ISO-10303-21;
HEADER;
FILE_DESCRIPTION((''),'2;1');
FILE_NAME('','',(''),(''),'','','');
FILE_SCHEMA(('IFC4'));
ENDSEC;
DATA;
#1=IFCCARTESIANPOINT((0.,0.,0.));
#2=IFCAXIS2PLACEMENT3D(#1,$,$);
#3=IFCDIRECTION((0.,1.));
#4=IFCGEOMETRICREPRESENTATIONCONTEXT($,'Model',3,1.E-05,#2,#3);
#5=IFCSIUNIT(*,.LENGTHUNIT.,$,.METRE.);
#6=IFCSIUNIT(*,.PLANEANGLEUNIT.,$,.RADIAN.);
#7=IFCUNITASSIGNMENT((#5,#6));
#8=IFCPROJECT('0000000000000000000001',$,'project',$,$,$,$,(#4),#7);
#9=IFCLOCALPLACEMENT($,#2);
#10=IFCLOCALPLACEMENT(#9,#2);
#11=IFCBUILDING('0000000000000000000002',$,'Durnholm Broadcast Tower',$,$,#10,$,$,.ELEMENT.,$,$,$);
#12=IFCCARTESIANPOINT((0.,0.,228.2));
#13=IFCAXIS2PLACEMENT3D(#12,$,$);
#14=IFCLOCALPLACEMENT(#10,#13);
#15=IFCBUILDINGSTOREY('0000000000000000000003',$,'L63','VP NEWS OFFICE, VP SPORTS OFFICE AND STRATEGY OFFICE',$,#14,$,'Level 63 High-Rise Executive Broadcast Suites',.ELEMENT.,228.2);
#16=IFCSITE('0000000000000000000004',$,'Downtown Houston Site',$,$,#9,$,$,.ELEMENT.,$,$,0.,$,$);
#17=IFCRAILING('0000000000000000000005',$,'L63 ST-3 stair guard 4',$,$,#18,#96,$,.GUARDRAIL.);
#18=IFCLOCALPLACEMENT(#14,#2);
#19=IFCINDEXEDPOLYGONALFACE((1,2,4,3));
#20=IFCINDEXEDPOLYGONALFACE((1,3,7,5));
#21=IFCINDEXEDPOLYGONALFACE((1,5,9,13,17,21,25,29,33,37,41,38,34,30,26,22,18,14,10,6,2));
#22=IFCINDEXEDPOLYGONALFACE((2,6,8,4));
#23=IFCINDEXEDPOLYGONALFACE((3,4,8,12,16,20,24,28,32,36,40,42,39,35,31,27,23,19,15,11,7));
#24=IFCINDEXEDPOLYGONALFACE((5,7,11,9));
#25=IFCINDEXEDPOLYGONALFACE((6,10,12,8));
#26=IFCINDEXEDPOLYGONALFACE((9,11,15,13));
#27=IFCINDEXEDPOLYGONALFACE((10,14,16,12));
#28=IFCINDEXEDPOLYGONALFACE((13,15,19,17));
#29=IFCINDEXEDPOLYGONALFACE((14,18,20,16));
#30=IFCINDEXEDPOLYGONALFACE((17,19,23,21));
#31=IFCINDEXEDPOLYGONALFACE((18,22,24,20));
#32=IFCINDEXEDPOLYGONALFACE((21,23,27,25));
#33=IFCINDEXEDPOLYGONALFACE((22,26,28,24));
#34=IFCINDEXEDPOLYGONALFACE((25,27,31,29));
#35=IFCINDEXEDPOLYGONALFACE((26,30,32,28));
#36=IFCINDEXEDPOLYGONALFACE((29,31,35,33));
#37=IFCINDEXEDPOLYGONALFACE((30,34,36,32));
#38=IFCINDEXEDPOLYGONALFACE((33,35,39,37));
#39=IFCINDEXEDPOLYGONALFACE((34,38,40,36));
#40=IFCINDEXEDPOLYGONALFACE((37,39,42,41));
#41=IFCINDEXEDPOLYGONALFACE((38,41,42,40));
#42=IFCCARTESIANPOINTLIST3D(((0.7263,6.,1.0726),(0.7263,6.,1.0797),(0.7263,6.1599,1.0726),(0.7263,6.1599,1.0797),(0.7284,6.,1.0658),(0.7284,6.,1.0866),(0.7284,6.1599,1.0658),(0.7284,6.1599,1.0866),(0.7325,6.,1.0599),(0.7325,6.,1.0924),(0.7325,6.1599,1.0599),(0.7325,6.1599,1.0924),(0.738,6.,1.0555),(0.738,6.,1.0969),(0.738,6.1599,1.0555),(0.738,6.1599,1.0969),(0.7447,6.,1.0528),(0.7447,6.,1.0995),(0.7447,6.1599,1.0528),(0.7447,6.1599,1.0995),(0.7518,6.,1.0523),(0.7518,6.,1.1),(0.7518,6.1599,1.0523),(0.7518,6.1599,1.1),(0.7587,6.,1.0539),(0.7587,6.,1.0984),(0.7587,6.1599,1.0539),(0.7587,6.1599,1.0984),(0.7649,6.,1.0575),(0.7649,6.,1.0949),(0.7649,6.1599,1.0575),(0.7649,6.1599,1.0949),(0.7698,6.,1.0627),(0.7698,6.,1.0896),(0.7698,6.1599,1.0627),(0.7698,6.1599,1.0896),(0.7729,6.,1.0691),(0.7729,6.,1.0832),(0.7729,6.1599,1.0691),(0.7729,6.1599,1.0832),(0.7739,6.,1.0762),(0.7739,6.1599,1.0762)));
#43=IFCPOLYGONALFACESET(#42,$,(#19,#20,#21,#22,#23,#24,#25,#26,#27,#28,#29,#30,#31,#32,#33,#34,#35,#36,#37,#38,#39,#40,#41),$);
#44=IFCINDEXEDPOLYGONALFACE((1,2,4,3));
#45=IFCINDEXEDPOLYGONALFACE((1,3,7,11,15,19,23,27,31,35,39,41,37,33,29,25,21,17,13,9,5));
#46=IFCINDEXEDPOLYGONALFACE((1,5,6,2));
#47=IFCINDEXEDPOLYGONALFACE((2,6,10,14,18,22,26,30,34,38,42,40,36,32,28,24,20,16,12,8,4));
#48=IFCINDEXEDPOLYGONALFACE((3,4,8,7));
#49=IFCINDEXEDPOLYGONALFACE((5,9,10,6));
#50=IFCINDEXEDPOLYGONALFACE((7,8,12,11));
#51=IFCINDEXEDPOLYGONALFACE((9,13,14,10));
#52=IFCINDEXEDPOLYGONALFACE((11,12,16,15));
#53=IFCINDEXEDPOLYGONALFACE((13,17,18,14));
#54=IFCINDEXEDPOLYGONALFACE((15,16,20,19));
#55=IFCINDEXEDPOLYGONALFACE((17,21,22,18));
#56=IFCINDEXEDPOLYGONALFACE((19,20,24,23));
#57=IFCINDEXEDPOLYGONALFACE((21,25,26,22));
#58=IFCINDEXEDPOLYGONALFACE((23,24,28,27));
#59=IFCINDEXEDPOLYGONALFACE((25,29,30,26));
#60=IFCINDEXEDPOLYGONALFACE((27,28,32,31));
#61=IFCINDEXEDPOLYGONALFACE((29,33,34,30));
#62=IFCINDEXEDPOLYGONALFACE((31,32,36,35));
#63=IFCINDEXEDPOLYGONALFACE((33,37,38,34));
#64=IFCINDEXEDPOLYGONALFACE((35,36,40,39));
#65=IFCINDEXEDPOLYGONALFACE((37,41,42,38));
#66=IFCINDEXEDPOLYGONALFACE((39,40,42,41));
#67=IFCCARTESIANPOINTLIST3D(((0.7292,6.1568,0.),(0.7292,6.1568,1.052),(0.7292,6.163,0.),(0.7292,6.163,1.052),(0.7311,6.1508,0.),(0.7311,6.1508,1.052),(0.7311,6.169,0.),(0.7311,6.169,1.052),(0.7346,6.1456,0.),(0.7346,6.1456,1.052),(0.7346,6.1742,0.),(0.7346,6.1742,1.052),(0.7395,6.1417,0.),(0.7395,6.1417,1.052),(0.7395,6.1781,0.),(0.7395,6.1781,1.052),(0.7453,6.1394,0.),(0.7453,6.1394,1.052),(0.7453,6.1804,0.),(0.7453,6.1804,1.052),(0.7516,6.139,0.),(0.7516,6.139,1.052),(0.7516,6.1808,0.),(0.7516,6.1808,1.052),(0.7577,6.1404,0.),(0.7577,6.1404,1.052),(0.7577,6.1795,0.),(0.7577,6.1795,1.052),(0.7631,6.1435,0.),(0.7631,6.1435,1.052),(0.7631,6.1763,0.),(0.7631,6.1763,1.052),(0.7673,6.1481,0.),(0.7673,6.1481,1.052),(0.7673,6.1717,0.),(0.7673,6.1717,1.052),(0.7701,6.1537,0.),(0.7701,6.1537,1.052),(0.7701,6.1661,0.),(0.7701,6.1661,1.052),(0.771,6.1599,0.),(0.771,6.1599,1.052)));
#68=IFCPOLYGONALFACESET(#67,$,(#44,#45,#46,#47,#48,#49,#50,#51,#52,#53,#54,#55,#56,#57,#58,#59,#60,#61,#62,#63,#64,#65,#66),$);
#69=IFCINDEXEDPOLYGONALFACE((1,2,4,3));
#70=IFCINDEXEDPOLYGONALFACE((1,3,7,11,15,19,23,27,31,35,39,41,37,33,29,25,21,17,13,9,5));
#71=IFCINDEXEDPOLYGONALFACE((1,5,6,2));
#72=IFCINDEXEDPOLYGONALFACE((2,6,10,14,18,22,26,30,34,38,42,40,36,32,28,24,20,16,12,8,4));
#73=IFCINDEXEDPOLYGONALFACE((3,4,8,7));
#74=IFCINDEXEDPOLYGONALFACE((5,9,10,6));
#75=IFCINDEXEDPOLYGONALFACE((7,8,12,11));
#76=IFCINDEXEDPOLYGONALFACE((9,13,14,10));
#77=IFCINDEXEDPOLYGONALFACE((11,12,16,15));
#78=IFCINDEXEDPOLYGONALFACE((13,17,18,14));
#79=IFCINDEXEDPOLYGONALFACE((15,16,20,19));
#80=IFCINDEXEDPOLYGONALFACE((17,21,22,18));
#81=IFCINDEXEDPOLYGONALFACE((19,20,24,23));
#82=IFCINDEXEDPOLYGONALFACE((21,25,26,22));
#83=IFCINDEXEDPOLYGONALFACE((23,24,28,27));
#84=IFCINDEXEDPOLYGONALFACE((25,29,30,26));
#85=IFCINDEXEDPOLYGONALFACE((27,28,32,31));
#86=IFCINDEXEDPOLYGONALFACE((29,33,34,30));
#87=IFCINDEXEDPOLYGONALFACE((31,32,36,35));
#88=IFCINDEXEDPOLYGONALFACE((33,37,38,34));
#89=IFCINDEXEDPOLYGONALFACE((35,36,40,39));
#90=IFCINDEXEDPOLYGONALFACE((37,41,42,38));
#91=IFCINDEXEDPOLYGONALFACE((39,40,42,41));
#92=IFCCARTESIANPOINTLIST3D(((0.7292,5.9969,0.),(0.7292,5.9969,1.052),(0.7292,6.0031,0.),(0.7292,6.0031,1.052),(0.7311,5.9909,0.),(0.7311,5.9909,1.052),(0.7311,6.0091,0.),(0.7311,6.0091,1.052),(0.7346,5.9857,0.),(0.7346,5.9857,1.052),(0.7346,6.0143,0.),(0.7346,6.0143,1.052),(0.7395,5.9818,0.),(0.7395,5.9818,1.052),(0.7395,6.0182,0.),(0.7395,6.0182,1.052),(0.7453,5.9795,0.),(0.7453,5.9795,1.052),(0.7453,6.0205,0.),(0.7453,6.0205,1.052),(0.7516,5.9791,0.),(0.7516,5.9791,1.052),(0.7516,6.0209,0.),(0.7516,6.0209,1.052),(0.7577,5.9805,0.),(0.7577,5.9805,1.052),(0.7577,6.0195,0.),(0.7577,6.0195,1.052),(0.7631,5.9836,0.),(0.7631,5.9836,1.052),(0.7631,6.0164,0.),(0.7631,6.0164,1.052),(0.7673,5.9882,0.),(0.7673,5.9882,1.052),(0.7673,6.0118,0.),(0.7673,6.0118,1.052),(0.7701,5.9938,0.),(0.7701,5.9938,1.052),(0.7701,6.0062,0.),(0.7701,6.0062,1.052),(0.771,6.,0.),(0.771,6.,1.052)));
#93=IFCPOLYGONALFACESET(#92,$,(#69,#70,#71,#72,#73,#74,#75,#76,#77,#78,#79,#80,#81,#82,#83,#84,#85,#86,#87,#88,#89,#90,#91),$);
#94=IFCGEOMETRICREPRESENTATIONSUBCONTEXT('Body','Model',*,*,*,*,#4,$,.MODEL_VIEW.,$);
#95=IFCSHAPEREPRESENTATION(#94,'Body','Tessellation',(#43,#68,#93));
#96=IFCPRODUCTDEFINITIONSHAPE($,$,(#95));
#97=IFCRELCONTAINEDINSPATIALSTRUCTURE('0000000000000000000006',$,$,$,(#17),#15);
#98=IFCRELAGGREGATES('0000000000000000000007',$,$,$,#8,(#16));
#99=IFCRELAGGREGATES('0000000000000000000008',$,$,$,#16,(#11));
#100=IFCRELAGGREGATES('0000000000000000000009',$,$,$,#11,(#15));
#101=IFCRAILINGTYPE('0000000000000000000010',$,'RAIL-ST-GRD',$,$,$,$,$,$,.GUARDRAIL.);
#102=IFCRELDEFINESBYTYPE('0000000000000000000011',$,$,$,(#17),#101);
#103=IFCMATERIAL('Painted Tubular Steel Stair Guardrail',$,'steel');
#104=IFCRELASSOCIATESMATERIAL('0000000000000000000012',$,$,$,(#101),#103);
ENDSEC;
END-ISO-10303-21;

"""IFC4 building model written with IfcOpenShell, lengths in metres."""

from ifc_helpers import new_model, si_unit, direction, frame, origin, origin_2d, place, context, subcontext, project, spatial, circle, extrude, material, type_object, element, save


model = new_model("IFC4")

# Units and contexts
model_context = context("Model", 3, precision=1e-05, world=origin(), true_north=direction((0.0, 1.0)))
body_context = subcontext(model_context, "Body", "Model", "MODEL_VIEW")
ifc_project = project(units=[si_unit("LENGTHUNIT", "METRE"), si_unit("PLANEANGLEUNIT", "RADIAN")], contexts=[model_context])

# Site, building, storey
site_placement = place(None, origin())
site = spatial("IfcSite", under=ifc_project, at=site_placement, Name="Downtown Houston Site", CompositionType="ELEMENT", RefElevation=0.0)
building_placement = place(site_placement, origin())
building = spatial("IfcBuilding", under=site, at=building_placement, Name="Durnholm Broadcast Tower", CompositionType="ELEMENT")
storey_placement = place(building_placement, frame((0.0, 0.0, 228.2)))
storey = spatial("IfcBuildingStorey", under=building, at=storey_placement, Name="L63", Description="VP NEWS OFFICE, VP SPORTS OFFICE AND STRATEGY OFFICE", LongName="Level 63 High-Rise Executive Broadcast Suites", CompositionType="ELEMENT", Elevation=228.2)

# Railing
ifc_material_1 = material(Name="Painted Tubular Steel Stair Guardrail", Category="steel")
railing_type_1 = type_object("IfcRailingType", Name="RAIL-ST-GRD", PredefinedType="GUARDRAIL", material=ifc_material_1)
railing_1_placement = place(storey_placement, frame((0.75, 6.1599, 0.0)))
element("IfcRailing", 1, at=railing_1_placement, inside=storey, type_object=railing_type_1, Name="L63 ST-3 stair guard 4", PredefinedType="GUARDRAIL", context=body_context, shape_type="SweptSolid", body=[
    extrude(circle(Radius=0.0239, at=origin_2d()), frame((0.0, 0.0, 1.0762), z_axis=(0.0, -1.0, 0.0), x_axis=(1.0, 0.0, 0.0)), (0.0, 0.0, 1.0), 0.1599),
    extrude(circle(Radius=0.021, at=origin_2d()), origin(), (0.0, 0.0, 1.0), 1.052),
    extrude(circle(Radius=0.021, at=origin_2d()), frame((0.0, -0.1599, 0.0)), (0.0, 0.0, 1.0), 1.052),
])

save(model, "model.ifc")
